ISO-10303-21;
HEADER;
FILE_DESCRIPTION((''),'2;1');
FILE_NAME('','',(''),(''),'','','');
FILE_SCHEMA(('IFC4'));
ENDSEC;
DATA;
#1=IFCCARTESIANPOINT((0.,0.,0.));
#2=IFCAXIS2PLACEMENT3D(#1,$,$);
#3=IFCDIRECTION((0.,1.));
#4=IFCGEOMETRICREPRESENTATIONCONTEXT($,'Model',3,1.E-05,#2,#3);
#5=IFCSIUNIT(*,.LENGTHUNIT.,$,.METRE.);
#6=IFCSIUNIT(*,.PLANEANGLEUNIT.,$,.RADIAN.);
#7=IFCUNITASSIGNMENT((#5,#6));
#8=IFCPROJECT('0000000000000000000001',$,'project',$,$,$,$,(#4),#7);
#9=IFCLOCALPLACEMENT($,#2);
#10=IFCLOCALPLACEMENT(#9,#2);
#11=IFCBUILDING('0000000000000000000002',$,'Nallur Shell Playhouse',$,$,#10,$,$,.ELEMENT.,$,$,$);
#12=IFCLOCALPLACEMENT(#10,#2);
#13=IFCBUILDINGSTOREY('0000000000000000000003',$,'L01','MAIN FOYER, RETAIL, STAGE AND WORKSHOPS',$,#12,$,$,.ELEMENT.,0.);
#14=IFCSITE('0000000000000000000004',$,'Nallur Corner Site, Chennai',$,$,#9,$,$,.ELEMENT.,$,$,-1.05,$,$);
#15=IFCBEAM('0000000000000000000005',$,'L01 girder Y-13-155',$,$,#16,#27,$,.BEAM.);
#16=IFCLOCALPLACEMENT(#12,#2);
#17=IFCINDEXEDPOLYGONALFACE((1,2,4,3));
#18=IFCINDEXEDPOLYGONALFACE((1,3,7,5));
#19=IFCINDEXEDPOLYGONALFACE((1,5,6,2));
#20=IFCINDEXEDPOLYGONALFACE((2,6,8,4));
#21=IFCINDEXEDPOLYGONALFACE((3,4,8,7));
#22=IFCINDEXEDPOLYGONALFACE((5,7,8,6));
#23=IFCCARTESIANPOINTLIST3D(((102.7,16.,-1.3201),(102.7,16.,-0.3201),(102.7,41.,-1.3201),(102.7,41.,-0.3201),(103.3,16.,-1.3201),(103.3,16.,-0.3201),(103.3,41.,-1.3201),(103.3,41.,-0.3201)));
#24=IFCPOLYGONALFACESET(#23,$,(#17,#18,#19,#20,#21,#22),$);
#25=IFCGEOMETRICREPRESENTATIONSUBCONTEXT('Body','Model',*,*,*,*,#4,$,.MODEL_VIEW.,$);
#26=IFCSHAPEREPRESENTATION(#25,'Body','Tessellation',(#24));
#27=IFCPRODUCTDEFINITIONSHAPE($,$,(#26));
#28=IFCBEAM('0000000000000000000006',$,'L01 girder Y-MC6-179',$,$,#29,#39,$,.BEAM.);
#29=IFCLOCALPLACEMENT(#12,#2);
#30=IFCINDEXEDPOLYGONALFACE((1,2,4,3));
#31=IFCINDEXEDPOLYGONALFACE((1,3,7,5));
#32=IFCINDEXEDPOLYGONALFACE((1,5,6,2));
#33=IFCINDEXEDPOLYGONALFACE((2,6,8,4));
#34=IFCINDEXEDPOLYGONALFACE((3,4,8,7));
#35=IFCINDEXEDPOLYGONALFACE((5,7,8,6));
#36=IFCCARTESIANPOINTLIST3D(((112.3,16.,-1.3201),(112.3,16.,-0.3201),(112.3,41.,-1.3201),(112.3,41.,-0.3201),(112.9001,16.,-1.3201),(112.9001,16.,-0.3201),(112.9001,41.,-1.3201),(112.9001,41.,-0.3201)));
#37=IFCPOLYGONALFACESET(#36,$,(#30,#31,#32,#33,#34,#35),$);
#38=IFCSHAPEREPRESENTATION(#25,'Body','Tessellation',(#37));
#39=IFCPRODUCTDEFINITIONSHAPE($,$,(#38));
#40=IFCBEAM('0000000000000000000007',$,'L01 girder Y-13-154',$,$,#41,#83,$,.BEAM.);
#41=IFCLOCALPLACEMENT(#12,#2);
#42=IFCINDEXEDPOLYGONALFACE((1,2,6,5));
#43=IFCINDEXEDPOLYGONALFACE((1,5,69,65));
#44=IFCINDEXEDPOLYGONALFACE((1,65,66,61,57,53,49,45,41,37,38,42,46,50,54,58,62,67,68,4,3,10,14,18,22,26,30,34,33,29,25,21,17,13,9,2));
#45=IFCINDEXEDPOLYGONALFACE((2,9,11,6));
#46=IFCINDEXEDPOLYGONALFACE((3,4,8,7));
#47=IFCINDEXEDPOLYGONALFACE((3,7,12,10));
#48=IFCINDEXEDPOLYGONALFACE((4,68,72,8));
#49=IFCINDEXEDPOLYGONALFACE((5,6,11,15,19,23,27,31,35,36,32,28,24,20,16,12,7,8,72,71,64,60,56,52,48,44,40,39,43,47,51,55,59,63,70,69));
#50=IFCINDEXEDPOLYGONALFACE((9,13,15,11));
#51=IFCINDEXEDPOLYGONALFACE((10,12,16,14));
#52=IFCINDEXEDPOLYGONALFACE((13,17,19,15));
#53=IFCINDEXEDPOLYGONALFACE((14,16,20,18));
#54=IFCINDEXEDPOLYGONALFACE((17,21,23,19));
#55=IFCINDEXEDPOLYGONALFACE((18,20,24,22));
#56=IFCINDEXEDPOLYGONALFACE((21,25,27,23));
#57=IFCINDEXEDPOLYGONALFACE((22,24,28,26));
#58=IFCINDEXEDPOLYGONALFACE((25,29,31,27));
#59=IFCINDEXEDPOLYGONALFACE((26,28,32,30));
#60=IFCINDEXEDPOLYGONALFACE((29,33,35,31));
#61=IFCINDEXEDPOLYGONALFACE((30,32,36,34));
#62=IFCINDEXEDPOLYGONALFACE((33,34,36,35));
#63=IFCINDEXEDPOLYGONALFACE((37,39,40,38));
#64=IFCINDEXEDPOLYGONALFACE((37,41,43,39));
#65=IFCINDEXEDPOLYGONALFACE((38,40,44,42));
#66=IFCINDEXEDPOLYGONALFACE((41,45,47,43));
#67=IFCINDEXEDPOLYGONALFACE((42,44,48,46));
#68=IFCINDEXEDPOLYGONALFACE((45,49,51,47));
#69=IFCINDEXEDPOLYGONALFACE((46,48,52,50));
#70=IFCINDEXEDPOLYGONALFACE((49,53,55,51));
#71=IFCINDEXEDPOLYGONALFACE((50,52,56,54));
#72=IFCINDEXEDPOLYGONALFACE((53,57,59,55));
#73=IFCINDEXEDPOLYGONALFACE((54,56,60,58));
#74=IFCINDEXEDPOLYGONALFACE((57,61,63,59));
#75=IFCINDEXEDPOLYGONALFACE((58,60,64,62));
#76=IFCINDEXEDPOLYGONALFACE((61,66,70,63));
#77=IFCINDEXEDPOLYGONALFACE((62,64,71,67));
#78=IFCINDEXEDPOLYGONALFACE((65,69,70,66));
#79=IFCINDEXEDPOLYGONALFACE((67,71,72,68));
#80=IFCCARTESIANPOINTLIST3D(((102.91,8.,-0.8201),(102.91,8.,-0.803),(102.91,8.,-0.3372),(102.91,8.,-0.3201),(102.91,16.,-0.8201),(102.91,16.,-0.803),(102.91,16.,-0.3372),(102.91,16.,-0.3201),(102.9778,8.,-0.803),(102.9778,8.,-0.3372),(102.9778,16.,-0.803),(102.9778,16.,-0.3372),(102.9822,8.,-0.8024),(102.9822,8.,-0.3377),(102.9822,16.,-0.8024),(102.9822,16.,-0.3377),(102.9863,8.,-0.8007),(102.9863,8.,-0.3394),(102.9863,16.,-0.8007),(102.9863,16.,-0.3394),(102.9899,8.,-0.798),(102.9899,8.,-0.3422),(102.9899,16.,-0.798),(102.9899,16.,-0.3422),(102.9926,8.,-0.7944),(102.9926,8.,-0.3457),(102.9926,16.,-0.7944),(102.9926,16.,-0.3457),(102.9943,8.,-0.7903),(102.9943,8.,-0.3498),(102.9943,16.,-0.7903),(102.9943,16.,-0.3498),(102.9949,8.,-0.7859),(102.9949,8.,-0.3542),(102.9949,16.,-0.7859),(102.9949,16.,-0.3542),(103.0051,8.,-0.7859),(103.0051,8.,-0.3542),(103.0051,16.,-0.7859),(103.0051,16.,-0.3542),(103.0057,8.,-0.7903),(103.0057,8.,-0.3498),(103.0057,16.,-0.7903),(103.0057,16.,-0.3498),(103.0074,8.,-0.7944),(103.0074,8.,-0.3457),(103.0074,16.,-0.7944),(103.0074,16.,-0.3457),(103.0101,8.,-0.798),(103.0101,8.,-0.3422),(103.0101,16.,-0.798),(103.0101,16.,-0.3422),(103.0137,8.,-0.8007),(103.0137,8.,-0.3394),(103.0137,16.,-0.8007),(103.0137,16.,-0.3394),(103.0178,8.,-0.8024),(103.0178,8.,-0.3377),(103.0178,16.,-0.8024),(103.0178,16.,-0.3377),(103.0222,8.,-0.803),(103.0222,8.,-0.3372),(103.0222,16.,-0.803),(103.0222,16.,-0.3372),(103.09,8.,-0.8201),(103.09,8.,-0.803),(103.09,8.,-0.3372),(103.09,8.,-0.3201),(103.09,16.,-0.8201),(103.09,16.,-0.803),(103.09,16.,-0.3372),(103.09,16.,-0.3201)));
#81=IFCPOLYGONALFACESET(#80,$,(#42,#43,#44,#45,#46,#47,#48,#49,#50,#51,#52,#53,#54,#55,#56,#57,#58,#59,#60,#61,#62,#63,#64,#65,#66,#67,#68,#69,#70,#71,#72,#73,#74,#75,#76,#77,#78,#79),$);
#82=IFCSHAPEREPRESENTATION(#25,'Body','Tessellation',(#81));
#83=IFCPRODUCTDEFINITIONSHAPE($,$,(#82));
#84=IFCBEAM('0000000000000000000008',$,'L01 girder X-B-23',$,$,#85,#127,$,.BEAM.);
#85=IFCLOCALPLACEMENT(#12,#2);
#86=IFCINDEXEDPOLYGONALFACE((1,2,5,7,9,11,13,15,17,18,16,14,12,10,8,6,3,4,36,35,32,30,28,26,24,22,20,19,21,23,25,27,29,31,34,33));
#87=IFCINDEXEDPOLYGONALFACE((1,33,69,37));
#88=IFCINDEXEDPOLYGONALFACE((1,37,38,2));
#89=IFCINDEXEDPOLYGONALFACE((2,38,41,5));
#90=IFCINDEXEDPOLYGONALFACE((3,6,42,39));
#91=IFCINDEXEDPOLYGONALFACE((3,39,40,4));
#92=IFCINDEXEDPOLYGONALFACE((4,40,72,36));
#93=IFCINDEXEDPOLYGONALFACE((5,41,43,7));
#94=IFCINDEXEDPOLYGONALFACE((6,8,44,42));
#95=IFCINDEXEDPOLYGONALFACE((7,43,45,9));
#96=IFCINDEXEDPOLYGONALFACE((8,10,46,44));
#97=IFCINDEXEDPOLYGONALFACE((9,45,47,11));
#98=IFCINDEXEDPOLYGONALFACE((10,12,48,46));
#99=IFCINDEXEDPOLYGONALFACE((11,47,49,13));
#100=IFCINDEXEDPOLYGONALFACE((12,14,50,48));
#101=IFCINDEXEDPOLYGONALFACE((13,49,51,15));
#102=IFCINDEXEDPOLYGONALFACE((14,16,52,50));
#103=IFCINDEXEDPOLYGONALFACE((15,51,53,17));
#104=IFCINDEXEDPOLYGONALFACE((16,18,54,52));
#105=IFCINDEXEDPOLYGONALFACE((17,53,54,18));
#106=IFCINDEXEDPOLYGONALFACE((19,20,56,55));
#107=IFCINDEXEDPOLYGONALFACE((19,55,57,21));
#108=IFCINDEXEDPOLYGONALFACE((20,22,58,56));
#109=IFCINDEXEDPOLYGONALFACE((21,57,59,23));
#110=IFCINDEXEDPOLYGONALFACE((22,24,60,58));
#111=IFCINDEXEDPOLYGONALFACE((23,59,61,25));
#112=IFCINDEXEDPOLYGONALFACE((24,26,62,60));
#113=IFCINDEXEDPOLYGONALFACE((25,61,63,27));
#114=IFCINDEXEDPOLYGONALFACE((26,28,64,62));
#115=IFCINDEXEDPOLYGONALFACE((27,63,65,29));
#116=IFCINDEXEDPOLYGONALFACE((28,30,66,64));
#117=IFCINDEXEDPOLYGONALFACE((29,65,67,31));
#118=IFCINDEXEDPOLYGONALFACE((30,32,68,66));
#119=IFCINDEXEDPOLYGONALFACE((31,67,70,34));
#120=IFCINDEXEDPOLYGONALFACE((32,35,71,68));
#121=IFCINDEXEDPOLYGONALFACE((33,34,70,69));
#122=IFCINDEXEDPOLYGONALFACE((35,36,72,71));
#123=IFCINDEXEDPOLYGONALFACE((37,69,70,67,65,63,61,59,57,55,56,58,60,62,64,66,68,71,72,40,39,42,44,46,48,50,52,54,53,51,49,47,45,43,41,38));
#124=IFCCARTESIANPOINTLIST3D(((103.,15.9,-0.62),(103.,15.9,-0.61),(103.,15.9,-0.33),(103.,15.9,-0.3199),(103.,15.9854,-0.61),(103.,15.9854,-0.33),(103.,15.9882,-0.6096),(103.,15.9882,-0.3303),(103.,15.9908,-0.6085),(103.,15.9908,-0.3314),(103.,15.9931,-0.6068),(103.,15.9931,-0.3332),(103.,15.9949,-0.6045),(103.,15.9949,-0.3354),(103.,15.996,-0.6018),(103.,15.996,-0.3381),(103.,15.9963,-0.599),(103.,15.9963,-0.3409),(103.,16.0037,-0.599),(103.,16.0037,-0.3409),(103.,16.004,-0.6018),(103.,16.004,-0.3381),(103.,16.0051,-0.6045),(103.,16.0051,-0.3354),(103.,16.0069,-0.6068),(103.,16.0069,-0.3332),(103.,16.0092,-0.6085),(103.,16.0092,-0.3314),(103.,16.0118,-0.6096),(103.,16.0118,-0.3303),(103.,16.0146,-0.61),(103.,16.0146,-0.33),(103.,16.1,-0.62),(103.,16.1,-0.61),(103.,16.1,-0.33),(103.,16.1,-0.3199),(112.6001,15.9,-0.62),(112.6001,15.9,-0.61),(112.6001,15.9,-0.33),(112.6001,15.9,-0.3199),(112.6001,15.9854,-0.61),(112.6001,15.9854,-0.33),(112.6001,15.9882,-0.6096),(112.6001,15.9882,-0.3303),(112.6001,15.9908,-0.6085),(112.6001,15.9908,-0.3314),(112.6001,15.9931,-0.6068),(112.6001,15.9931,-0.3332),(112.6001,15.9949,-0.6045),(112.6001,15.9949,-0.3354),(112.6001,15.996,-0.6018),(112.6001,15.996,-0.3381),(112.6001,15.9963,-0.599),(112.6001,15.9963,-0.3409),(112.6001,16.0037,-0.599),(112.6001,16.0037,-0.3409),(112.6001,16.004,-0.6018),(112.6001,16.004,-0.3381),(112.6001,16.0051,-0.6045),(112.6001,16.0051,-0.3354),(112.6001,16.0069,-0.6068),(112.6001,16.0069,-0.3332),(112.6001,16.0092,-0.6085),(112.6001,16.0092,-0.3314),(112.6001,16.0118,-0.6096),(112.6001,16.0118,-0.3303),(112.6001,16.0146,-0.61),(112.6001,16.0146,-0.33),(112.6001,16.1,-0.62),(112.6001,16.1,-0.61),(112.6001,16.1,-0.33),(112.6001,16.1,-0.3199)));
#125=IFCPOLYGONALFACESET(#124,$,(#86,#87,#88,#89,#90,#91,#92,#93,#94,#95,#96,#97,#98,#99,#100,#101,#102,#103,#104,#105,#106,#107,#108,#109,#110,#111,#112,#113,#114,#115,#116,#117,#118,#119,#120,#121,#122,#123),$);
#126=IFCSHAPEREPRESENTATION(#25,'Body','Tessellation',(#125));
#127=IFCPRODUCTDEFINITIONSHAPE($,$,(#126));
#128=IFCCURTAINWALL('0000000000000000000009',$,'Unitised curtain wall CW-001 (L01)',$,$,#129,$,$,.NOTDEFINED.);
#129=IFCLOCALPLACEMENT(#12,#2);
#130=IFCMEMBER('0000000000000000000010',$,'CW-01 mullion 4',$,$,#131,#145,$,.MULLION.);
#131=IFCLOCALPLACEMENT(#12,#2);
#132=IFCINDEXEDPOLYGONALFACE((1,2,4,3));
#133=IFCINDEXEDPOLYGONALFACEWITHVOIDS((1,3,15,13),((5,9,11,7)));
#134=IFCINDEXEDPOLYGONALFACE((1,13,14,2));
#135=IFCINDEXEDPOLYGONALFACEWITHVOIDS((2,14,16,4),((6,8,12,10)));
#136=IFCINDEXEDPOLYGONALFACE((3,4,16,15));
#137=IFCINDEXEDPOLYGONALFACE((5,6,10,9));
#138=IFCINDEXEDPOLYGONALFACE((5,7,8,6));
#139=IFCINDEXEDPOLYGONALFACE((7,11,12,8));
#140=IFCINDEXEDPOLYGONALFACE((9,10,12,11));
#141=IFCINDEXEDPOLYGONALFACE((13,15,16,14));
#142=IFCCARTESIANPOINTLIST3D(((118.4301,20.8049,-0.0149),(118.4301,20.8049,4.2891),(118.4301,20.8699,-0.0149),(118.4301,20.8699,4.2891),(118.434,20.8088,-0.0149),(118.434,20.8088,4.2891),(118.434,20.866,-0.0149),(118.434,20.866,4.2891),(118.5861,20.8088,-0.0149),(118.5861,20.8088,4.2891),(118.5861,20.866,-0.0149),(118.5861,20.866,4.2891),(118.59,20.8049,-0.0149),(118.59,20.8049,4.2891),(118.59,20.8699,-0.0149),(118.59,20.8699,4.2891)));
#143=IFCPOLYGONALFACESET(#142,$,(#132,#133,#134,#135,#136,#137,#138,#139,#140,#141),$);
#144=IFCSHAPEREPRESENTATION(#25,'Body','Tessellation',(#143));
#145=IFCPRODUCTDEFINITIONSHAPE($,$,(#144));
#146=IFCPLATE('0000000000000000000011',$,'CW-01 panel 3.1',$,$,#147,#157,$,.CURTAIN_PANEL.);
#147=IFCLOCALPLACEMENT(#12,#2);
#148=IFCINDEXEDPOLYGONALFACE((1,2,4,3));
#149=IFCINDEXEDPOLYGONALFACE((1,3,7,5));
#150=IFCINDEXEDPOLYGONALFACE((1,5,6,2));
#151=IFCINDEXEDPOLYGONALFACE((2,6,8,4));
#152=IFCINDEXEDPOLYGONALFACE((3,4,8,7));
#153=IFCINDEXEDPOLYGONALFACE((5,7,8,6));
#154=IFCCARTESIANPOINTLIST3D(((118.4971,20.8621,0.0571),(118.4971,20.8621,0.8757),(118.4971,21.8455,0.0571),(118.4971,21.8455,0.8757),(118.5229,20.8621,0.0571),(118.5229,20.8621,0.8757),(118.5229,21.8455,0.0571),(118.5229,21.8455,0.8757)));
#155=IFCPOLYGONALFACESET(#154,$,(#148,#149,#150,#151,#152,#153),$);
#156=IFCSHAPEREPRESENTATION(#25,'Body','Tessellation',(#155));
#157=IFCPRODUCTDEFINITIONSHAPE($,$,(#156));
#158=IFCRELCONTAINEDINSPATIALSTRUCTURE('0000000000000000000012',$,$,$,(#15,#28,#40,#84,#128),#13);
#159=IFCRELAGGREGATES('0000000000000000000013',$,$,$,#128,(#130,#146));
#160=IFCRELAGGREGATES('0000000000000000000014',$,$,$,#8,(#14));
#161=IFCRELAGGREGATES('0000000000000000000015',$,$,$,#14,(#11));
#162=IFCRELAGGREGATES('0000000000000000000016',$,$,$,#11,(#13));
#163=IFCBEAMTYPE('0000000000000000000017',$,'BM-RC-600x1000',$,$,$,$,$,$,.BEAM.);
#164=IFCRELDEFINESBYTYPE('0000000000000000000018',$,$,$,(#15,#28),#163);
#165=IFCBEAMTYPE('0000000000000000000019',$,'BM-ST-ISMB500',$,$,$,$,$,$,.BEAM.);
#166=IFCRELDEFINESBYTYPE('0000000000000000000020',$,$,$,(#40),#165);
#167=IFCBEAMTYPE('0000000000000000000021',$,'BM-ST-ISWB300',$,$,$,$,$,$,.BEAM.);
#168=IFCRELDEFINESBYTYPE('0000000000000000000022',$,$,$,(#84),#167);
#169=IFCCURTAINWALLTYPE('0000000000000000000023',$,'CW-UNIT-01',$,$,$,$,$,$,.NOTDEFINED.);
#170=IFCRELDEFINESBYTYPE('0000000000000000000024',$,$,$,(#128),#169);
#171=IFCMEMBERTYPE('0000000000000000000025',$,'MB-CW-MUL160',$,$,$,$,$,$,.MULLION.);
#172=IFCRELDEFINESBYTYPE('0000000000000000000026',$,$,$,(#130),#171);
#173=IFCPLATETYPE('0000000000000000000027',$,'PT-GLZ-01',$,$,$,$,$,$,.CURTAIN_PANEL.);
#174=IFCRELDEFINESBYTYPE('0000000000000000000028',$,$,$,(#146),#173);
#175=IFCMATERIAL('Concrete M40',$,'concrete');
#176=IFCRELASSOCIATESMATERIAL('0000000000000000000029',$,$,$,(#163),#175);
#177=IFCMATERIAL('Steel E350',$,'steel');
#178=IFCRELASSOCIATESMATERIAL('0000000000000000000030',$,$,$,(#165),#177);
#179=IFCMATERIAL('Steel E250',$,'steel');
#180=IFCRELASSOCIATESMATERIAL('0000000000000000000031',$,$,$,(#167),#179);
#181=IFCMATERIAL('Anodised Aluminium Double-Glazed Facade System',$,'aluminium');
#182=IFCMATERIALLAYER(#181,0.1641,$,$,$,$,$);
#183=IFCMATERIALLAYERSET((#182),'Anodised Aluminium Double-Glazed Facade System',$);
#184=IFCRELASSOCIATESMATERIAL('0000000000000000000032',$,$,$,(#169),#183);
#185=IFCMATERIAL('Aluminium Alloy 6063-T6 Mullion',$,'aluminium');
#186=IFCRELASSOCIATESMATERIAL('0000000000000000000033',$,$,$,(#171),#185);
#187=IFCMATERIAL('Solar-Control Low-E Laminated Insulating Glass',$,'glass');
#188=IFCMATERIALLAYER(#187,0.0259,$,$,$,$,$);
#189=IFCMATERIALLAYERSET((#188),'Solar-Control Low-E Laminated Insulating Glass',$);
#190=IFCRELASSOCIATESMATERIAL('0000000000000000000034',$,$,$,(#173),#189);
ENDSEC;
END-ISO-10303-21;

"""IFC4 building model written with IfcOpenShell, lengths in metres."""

from ifc_helpers import new_model, si_unit, direction, frame, origin, origin_2d, place, context, subcontext, project, spatial, rectangle, hollow_rectangle, i_section, extrude, material, layer, layer_set, material_profile, profile_set, type_object, element, aggregate, save


model = new_model("IFC4")

# Units and contexts
model_context = context("Model", 3, precision=1e-05, world=origin(), true_north=direction((0.0, 1.0)))
body_context = subcontext(model_context, "Body", "Model", "MODEL_VIEW")
ifc_project = project(units=[si_unit("LENGTHUNIT", "METRE"), si_unit("PLANEANGLEUNIT", "RADIAN")], contexts=[model_context])

# Site, building, storey
site_placement = place(None, origin())
site = spatial("IfcSite", under=ifc_project, at=site_placement, Name="Nallur Corner Site, Chennai", CompositionType="ELEMENT", RefElevation=-1.05)
building_placement = place(site_placement, origin())
building = spatial("IfcBuilding", under=site, at=building_placement, Name="Nallur Shell Playhouse", CompositionType="ELEMENT")
storey_placement = place(building_placement, origin())
storey = spatial("IfcBuildingStorey", under=building, at=storey_placement, Name="L01", Description="MAIN FOYER, RETAIL, STAGE AND WORKSHOPS", CompositionType="ELEMENT", Elevation=0.0)

# Shared definitions
ifc_material_1 = material(Name="Concrete M40", Category="concrete")

# Beams
ifc_material_2 = material(Name="Steel E250", Category="steel")
ifc_material_profile_1 = material_profile(ifc_material_1, rectangle(XDim=0.6001, YDim=1.0, at=origin_2d()), Name="RC 600x1000")
ifc_profile_set_1 = profile_set([ifc_material_profile_1], Name="Concrete M40")
beam_type_1 = type_object("IfcBeamType", Name="BM-RC-600x1000", PredefinedType="BEAM", material=ifc_profile_set_1)
for number, where, z_axis, x_axis, name in (
    (1, (103.0, 16.0, -0.8201), (0.0, 1.0, 0.0), (-1.0, 0.0, 0.0), "L01 girder Y-13-155"),
    (2, (112.6001, 16.0, -0.8201), (0.0, 1.0, 0.0), (-1.0, 0.0, 0.0), "L01 girder Y-MC6-179"),
):
    element("IfcBeam", number, at=place(storey_placement, frame(where, z_axis=z_axis, x_axis=x_axis)), inside=storey, type_object=beam_type_1, Name=name, PredefinedType="BEAM", context=body_context, shape_type="SweptSolid", body=[
        extrude(rectangle(XDim=0.6001, YDim=1.0, at=origin_2d()), origin(), (0.0, 0.0, 1.0), 25.0),
    ])
ifc_material_3 = material(Name="Steel E350", Category="steel")
ifc_material_profile_2 = material_profile(ifc_material_3, i_section(OverallWidth=0.1799, OverallDepth=0.5, WebThickness=0.0103, FlangeThickness=0.0171, FilletRadius=0.0171, at=origin_2d()), Name="ISMB 500")
ifc_profile_set_2 = profile_set([ifc_material_profile_2], Name="Steel E350")
beam_type_2 = type_object("IfcBeamType", Name="BM-ST-ISMB500", PredefinedType="BEAM", material=ifc_profile_set_2)
beam_1_placement = place(storey_placement, frame((103.0, 8.0, -0.5701), z_axis=(0.0, 1.0, 0.0), x_axis=(-1.0, 0.0, 0.0)))
element("IfcBeam", 3, at=beam_1_placement, inside=storey, type_object=beam_type_2, Name="L01 girder Y-13-154", PredefinedType="BEAM", context=body_context, shape_type="SweptSolid", body=[
    extrude(i_section(OverallWidth=0.1799, OverallDepth=0.5, WebThickness=0.0103, FlangeThickness=0.0171, FilletRadius=0.0171, at=origin_2d()), origin(), (0.0, 0.0, 1.0), 8.0),
])
ifc_material_profile_3 = material_profile(ifc_material_2, i_section(OverallWidth=0.2, OverallDepth=0.3, WebThickness=0.0073, FlangeThickness=0.01, FilletRadius=0.011, at=origin_2d()), Name="ISWB 300")
ifc_profile_set_3 = profile_set([ifc_material_profile_3], Name="Steel E250")
beam_type_3 = type_object("IfcBeamType", Name="BM-ST-ISWB300", PredefinedType="BEAM", material=ifc_profile_set_3)
beam_2_placement = place(storey_placement, frame((103.0, 16.0, -0.47), z_axis=(1.0, 0.0, 0.0), x_axis=(0.0, 1.0, 0.0)))
element("IfcBeam", 4, at=beam_2_placement, inside=storey, type_object=beam_type_3, Name="L01 girder X-B-23", PredefinedType="BEAM", context=body_context, shape_type="SweptSolid", body=[
    extrude(i_section(OverallWidth=0.2, OverallDepth=0.3, WebThickness=0.0073, FlangeThickness=0.01, FilletRadius=0.011, at=origin_2d()), origin(), (0.0, 0.0, 1.0), 9.6001),
])

# Curtain wall, member, plate
ifc_material_4 = material(Name="Anodised Aluminium Double-Glazed Facade System", Category="aluminium")
ifc_layer_1 = layer(ifc_material_4, 0.1641)
ifc_layer_set_1 = layer_set([ifc_layer_1], Name="Anodised Aluminium Double-Glazed Facade System")
curtain_wall_type = type_object("IfcCurtainWallType", Name="CW-UNIT-01", PredefinedType="NOTDEFINED", material=ifc_layer_set_1)
curtain_wall_placement = place(storey_placement, origin())
curtain_wall = element("IfcCurtainWall", 5, at=curtain_wall_placement, inside=storey, type_object=curtain_wall_type, Name="Unitised curtain wall CW-001 (L01)", PredefinedType="NOTDEFINED")
ifc_material_5 = material(Name="Aluminium Alloy 6063-T6 Mullion", Category="aluminium")
ifc_material_profile_4 = material_profile(ifc_material_5, hollow_rectangle(XDim=0.0649, YDim=0.1599, WallThickness=0.0039, at=origin_2d()), Name="ALU 65x160x4")
ifc_profile_set_4 = profile_set([ifc_material_profile_4], Name="Aluminium Alloy 6063-T6 Mullion")
member_type = type_object("IfcMemberType", Name="MB-CW-MUL160", PredefinedType="MULLION", material=ifc_profile_set_4)
member_placement = place(storey_placement, frame((118.51, 20.8374, -0.0149), z_axis=(0.0, 0.0, 1.0), x_axis=(0.0, -1.0, 0.0)))
member = element("IfcMember", 6, at=member_placement, type_object=member_type, Name="CW-01 mullion 4", PredefinedType="MULLION", context=body_context, shape_type="SweptSolid", body=[
    extrude(hollow_rectangle(XDim=0.0649, YDim=0.1599, WallThickness=0.0039, at=origin_2d()), origin(), (0.0, 0.0, 1.0), 4.304),
])
ifc_material_6 = material(Name="Solar-Control Low-E Laminated Insulating Glass", Category="glass")
ifc_layer_2 = layer(ifc_material_6, 0.0259)
ifc_layer_set_2 = layer_set([ifc_layer_2], Name="Solar-Control Low-E Laminated Insulating Glass")
plate_type = type_object("IfcPlateType", Name="PT-GLZ-01", PredefinedType="CURTAIN_PANEL", material=ifc_layer_set_2)
plate_placement = place(storey_placement, frame((118.51, 21.3538, 0.0571), z_axis=(0.0, 0.0, 1.0), x_axis=(0.0, -1.0, 0.0)))
plate = element("IfcPlate", 7, at=plate_placement, type_object=plate_type, Name="CW-01 panel 3.1", PredefinedType="CURTAIN_PANEL", context=body_context, shape_type="SweptSolid", body=[
    extrude(rectangle(XDim=0.9834, YDim=0.0259, at=origin_2d()), origin(), (0.0, 0.0, 1.0), 0.8186),
])
aggregate(curtain_wall, [member, plate])

save(model, "model.ifc")
